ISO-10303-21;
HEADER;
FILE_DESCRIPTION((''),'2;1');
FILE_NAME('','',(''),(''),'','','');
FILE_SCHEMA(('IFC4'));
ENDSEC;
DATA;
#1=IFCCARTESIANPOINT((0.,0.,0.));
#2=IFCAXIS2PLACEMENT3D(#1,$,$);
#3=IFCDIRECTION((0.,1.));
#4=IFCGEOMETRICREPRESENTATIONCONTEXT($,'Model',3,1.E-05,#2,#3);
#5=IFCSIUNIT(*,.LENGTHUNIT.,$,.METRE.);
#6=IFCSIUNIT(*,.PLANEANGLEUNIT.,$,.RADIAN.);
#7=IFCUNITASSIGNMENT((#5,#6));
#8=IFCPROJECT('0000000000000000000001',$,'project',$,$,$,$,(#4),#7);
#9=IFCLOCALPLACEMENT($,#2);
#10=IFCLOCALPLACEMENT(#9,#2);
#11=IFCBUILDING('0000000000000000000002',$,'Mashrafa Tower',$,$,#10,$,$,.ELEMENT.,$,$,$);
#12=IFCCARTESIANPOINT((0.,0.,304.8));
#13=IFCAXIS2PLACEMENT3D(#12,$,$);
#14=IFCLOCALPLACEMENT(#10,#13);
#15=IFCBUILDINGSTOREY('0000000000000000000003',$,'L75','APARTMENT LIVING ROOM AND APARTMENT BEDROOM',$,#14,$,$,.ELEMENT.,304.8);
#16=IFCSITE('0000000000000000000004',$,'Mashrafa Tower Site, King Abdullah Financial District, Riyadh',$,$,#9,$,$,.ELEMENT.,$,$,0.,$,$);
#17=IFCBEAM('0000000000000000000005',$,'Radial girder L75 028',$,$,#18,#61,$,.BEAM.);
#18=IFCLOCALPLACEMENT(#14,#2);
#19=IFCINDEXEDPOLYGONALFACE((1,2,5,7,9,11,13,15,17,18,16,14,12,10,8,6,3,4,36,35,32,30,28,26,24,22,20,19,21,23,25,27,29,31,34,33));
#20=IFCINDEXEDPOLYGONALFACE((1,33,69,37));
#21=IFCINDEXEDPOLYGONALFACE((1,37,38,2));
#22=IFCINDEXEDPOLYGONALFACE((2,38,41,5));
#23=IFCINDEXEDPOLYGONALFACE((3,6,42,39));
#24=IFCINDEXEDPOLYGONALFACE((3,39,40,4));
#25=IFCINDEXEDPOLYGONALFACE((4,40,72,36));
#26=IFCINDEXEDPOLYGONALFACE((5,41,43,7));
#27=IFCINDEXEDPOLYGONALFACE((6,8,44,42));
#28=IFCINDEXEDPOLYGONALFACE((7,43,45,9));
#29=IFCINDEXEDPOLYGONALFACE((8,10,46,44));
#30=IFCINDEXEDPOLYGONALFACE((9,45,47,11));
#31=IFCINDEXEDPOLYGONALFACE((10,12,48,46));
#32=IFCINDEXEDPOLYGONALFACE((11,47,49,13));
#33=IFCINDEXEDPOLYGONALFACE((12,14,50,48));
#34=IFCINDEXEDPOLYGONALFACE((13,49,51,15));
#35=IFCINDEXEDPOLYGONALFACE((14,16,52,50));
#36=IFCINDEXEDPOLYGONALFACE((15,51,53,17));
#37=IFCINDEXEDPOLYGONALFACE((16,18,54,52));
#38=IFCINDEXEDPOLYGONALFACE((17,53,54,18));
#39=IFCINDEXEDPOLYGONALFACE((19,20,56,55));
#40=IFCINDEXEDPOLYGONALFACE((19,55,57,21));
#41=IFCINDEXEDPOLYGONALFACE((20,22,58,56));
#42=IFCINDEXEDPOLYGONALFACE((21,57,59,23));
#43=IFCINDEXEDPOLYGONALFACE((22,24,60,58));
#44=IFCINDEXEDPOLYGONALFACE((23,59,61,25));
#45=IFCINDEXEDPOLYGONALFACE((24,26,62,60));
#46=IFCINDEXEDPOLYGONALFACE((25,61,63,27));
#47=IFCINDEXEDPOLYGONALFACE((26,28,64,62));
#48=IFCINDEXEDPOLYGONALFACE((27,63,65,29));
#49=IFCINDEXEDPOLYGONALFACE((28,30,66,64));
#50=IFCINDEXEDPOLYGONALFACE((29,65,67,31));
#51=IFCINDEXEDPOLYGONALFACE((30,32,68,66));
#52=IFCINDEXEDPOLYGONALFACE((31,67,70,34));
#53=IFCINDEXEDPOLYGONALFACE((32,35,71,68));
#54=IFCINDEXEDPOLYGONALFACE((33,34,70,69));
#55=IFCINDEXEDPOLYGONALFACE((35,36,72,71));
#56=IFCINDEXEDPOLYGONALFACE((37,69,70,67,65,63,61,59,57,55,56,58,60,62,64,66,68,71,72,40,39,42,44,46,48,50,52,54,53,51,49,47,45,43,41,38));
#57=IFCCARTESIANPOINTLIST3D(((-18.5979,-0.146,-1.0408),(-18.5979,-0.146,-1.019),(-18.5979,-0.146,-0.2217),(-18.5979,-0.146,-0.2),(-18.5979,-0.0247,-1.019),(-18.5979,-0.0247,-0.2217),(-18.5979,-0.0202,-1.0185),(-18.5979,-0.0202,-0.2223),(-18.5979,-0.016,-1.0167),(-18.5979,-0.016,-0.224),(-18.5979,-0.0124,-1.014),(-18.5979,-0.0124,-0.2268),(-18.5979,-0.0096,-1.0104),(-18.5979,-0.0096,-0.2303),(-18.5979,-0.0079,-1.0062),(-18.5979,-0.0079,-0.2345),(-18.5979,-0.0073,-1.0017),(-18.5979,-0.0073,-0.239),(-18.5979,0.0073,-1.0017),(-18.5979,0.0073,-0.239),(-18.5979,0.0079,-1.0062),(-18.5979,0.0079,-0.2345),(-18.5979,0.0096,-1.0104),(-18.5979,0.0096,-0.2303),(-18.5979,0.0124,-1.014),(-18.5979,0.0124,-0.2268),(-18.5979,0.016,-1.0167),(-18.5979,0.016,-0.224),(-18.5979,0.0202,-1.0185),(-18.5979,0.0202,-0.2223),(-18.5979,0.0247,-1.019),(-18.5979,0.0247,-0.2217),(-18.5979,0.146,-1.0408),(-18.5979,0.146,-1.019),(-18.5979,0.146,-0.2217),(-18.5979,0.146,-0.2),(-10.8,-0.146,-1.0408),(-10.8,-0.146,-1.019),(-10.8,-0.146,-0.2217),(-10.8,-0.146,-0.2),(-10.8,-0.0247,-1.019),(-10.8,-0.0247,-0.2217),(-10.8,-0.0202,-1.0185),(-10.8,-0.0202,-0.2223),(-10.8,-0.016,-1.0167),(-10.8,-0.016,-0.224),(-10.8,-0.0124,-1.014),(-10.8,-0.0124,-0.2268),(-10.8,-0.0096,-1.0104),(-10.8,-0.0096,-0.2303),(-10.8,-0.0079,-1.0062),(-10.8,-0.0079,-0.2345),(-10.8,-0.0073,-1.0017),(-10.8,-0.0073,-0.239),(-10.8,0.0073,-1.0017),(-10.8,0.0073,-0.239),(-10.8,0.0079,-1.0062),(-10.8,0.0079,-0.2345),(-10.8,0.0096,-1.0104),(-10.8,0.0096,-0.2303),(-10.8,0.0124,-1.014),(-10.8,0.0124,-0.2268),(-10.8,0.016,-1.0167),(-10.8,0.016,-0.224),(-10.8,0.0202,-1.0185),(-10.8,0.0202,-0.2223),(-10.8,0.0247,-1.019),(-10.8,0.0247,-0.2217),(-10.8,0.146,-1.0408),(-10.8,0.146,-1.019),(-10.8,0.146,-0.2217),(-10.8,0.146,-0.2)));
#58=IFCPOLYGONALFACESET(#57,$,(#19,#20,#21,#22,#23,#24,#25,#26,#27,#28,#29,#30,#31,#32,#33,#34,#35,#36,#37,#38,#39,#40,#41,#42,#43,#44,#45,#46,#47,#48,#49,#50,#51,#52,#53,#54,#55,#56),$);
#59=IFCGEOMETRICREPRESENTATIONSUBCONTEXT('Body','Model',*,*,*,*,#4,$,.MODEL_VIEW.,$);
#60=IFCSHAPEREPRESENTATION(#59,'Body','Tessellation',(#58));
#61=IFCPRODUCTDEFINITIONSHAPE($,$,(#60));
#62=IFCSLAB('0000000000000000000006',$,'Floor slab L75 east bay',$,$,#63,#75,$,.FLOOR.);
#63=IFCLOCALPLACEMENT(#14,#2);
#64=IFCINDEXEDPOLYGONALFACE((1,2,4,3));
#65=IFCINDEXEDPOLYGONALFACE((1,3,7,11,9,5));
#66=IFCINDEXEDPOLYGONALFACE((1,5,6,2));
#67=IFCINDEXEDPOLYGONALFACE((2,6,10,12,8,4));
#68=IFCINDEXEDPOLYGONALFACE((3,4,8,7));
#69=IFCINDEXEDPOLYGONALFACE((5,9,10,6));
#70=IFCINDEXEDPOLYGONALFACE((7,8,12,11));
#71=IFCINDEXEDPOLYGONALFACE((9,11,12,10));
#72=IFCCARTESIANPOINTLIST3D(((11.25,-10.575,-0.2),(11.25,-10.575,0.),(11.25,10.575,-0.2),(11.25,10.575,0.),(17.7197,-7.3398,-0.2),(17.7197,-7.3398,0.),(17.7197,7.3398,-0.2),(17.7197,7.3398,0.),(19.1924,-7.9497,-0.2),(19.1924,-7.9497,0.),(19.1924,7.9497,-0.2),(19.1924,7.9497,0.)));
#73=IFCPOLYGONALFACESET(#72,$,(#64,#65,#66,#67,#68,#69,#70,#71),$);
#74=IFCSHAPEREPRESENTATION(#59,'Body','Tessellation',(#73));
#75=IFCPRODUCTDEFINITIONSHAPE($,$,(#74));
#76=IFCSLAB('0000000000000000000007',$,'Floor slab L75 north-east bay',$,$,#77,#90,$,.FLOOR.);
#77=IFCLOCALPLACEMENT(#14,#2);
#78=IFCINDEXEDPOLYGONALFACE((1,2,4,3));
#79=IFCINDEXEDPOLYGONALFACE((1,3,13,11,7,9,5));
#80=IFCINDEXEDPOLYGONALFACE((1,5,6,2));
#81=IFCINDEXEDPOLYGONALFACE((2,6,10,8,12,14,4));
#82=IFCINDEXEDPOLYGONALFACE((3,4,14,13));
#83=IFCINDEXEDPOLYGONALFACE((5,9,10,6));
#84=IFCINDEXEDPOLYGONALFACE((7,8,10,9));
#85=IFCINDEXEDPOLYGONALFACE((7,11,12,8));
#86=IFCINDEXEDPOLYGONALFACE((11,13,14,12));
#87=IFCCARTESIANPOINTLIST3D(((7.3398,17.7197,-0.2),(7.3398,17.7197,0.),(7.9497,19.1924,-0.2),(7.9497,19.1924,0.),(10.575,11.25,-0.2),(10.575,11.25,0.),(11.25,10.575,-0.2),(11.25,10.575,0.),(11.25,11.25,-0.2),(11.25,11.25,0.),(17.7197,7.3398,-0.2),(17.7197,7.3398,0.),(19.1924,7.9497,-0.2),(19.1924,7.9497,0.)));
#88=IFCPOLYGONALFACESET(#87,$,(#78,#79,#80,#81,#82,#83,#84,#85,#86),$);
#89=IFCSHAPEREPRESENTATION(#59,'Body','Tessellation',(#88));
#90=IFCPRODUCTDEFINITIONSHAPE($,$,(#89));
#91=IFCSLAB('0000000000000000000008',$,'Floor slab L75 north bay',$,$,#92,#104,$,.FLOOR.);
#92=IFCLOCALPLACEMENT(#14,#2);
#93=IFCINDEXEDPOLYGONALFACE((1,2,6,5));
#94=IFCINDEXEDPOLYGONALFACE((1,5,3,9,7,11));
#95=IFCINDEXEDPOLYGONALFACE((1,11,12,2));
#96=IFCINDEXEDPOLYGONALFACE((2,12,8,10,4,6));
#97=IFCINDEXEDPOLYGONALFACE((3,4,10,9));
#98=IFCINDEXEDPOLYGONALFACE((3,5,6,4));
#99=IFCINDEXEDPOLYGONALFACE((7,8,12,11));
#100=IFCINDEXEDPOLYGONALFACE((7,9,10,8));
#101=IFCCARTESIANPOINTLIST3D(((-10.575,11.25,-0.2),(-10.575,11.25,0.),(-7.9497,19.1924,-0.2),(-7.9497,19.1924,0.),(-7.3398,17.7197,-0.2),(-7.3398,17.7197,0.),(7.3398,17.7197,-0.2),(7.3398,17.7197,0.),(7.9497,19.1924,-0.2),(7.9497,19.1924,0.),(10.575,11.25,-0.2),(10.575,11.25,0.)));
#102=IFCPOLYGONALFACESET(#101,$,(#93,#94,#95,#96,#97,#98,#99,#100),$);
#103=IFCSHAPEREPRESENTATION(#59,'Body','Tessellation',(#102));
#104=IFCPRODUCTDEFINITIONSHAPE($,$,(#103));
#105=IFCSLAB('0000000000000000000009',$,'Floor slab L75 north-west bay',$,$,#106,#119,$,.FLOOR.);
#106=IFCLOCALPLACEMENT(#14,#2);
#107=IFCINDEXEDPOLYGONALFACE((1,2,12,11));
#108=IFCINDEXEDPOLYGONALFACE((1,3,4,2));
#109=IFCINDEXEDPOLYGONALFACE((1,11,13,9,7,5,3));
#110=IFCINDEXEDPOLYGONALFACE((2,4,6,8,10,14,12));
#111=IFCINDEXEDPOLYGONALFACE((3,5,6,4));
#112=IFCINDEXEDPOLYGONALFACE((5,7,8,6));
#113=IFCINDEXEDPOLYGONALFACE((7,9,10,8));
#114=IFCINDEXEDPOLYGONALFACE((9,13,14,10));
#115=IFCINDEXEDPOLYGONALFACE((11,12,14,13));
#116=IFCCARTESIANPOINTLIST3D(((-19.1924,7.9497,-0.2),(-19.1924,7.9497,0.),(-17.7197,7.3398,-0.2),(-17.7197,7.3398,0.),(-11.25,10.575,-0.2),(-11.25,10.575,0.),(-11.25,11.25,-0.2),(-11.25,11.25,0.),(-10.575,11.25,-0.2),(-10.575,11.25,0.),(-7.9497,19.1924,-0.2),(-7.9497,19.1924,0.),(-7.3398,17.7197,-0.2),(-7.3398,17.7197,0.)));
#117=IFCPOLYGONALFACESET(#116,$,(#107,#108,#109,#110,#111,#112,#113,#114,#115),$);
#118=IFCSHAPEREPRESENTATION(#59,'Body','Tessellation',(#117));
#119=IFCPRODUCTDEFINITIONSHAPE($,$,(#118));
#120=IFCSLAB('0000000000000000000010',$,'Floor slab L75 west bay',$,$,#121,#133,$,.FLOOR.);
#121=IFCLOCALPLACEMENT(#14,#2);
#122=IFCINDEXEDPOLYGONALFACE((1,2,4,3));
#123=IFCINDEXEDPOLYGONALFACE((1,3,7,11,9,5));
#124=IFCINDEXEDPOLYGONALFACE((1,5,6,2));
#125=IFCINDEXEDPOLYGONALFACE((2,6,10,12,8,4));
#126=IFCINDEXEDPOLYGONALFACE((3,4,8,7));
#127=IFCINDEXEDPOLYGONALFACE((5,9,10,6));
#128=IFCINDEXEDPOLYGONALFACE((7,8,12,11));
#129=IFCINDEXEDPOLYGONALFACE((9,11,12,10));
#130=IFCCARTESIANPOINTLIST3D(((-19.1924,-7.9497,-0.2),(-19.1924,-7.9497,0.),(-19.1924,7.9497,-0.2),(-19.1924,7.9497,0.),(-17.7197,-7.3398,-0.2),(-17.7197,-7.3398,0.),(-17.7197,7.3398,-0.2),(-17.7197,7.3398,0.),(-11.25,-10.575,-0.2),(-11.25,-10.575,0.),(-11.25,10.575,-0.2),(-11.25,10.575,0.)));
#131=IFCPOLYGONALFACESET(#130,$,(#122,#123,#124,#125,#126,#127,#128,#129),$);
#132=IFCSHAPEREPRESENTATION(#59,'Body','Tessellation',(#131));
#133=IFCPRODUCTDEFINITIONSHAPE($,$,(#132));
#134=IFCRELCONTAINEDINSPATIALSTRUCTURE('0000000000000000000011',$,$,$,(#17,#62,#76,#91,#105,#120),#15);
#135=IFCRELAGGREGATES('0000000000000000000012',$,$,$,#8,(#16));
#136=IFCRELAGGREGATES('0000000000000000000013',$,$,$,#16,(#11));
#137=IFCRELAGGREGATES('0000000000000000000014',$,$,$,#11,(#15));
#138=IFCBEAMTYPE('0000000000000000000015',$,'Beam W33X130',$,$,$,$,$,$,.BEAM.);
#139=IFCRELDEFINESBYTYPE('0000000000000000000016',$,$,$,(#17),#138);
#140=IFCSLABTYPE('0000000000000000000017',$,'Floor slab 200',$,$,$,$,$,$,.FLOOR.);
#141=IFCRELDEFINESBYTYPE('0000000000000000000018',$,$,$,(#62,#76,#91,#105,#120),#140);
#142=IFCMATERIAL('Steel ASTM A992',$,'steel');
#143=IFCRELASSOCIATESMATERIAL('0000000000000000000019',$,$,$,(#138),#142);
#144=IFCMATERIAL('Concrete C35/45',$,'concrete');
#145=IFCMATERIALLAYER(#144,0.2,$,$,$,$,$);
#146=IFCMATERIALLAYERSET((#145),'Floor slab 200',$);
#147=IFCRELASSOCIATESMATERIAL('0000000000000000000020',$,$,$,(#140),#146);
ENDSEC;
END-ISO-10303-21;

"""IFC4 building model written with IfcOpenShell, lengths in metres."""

from ifc_helpers import new_model, si_unit, direction, frame, origin, origin_2d, place, context, subcontext, project, spatial, polyline, i_section, outline, extrude, material, layer, layer_set, material_profile, profile_set, type_object, element, save


model = new_model("IFC4")

# Units and contexts
model_context = context("Model", 3, precision=1e-05, world=origin(), true_north=direction((0.0, 1.0)))
body_context = subcontext(model_context, "Body", "Model", "MODEL_VIEW")
ifc_project = project(units=[si_unit("LENGTHUNIT", "METRE"), si_unit("PLANEANGLEUNIT", "RADIAN")], contexts=[model_context])

# Site, building, storey
site_placement = place(None, origin())
site = spatial("IfcSite", under=ifc_project, at=site_placement, Name="Mashrafa Tower Site, King Abdullah Financial District, Riyadh", CompositionType="ELEMENT", RefElevation=0.0)
building_placement = place(site_placement, origin())
building = spatial("IfcBuilding", under=site, at=building_placement, Name="Mashrafa Tower", CompositionType="ELEMENT")
storey_placement = place(building_placement, frame((0.0, 0.0, 304.8)))
storey = spatial("IfcBuildingStorey", under=building, at=storey_placement, Name="L75", Description="APARTMENT LIVING ROOM AND APARTMENT BEDROOM", CompositionType="ELEMENT", Elevation=304.8)

# Beam
ifc_material_1 = material(Name="Steel ASTM A992", Category="steel")
ifc_material_profile = material_profile(ifc_material_1, i_section(OverallWidth=0.292, OverallDepth=0.8408, WebThickness=0.0146, FlangeThickness=0.0217, FilletRadius=0.0173, at=origin_2d()), Name="W33X130")
ifc_profile_set = profile_set([ifc_material_profile], Name="Steel ASTM A992")
beam_type = type_object("IfcBeamType", Name="Beam W33X130", PredefinedType="BEAM", material=ifc_profile_set)
beam_placement = place(storey_placement, frame((-10.8, 0.0, -0.6204), z_axis=(-1.0, 0.0, 0.0), x_axis=(0.0, -1.0, 0.0)))
element("IfcBeam", 1, at=beam_placement, inside=storey, type_object=beam_type, Name="Radial girder L75 028", PredefinedType="BEAM", context=body_context, shape_type="SweptSolid", body=[
    extrude(i_section(OverallWidth=0.292, OverallDepth=0.8408, WebThickness=0.0146, FlangeThickness=0.0217, FilletRadius=0.0173, at=origin_2d()), origin(), (0.0, 0.0, 1.0), 7.7979),
])

# Slabs
ifc_material_2 = material(Name="Concrete C35/45", Category="concrete")
ifc_layer_1 = layer(ifc_material_2, 0.2)
ifc_layer_set_1 = layer_set([ifc_layer_1], Name="Floor slab 200")
slab_type = type_object("IfcSlabType", Name="Floor slab 200", PredefinedType="FLOOR", material=ifc_layer_set_1)
slab_1_placement = place(storey_placement, frame((0.0, 0.0, -0.2)))
element("IfcSlab", 2, at=slab_1_placement, inside=storey, type_object=slab_type, Name="Floor slab L75 east bay", PredefinedType="FLOOR", context=body_context, shape_type="SweptSolid", body=[
    extrude(outline(polyline([(19.1924, 7.9497), (19.1924, -7.9497), (19.1924, -7.9497), (17.7197, -7.3398), (11.25, -10.575), (11.25, 10.575), (17.7197, 7.3398), (19.1924, 7.9497), (19.1924, 7.9497)])), origin(), (0.0, 0.0, 1.0), 0.2),
])
slab_2_placement = place(storey_placement, frame((0.0, 0.0, -0.2)))
element("IfcSlab", 3, at=slab_2_placement, inside=storey, type_object=slab_type, Name="Floor slab L75 north-east bay", PredefinedType="FLOOR", context=body_context, shape_type="SweptSolid", body=[
    extrude(outline(polyline([(19.1924, 7.9497), (17.7197, 7.3398), (11.25, 10.575), (11.25, 11.25), (10.575, 11.25), (7.3398, 17.7197), (7.9497, 19.1924), (19.1924, 7.9497)])), origin(), (0.0, 0.0, 1.0), 0.2),
])
slab_3_placement = place(storey_placement, frame((0.0, 0.0, -0.2)))
element("IfcSlab", 4, at=slab_3_placement, inside=storey, type_object=slab_type, Name="Floor slab L75 north bay", PredefinedType="FLOOR", context=body_context, shape_type="SweptSolid", body=[
    extrude(outline(polyline([(-7.9497, 19.1924), (7.9497, 19.1924), (7.9497, 19.1924), (7.3398, 17.7197), (10.575, 11.25), (-10.575, 11.25), (-7.3398, 17.7197), (-7.9497, 19.1924), (-7.9497, 19.1924)])), origin(), (0.0, 0.0, 1.0), 0.2),
])
slab_4_placement = place(storey_placement, frame((0.0, 0.0, -0.2)))
element("IfcSlab", 5, at=slab_4_placement, inside=storey, type_object=slab_type, Name="Floor slab L75 north-west bay", PredefinedType="FLOOR", context=body_context, shape_type="SweptSolid", body=[
    extrude(outline(polyline([(-7.9497, 19.1924), (-7.3398, 17.7197), (-10.575, 11.25), (-11.25, 11.25), (-11.25, 10.575), (-17.7197, 7.3398), (-19.1924, 7.9497), (-7.9497, 19.1924)])), origin(), (0.0, 0.0, 1.0), 0.2),
])
slab_5_placement = place(storey_placement, frame((0.0, 0.0, -0.2)))
element("IfcSlab", 6, at=slab_5_placement, inside=storey, type_object=slab_type, Name="Floor slab L75 west bay", PredefinedType="FLOOR", context=body_context, shape_type="SweptSolid", body=[
    extrude(outline(polyline([(-19.1924, -7.9497), (-19.1924, 7.9497), (-19.1924, 7.9497), (-17.7197, 7.3398), (-11.25, 10.575), (-11.25, -10.575), (-17.7197, -7.3398), (-19.1924, -7.9497), (-19.1924, -7.9497)])), origin(), (0.0, 0.0, 1.0), 0.2),
])

save(model, "model.ifc")
